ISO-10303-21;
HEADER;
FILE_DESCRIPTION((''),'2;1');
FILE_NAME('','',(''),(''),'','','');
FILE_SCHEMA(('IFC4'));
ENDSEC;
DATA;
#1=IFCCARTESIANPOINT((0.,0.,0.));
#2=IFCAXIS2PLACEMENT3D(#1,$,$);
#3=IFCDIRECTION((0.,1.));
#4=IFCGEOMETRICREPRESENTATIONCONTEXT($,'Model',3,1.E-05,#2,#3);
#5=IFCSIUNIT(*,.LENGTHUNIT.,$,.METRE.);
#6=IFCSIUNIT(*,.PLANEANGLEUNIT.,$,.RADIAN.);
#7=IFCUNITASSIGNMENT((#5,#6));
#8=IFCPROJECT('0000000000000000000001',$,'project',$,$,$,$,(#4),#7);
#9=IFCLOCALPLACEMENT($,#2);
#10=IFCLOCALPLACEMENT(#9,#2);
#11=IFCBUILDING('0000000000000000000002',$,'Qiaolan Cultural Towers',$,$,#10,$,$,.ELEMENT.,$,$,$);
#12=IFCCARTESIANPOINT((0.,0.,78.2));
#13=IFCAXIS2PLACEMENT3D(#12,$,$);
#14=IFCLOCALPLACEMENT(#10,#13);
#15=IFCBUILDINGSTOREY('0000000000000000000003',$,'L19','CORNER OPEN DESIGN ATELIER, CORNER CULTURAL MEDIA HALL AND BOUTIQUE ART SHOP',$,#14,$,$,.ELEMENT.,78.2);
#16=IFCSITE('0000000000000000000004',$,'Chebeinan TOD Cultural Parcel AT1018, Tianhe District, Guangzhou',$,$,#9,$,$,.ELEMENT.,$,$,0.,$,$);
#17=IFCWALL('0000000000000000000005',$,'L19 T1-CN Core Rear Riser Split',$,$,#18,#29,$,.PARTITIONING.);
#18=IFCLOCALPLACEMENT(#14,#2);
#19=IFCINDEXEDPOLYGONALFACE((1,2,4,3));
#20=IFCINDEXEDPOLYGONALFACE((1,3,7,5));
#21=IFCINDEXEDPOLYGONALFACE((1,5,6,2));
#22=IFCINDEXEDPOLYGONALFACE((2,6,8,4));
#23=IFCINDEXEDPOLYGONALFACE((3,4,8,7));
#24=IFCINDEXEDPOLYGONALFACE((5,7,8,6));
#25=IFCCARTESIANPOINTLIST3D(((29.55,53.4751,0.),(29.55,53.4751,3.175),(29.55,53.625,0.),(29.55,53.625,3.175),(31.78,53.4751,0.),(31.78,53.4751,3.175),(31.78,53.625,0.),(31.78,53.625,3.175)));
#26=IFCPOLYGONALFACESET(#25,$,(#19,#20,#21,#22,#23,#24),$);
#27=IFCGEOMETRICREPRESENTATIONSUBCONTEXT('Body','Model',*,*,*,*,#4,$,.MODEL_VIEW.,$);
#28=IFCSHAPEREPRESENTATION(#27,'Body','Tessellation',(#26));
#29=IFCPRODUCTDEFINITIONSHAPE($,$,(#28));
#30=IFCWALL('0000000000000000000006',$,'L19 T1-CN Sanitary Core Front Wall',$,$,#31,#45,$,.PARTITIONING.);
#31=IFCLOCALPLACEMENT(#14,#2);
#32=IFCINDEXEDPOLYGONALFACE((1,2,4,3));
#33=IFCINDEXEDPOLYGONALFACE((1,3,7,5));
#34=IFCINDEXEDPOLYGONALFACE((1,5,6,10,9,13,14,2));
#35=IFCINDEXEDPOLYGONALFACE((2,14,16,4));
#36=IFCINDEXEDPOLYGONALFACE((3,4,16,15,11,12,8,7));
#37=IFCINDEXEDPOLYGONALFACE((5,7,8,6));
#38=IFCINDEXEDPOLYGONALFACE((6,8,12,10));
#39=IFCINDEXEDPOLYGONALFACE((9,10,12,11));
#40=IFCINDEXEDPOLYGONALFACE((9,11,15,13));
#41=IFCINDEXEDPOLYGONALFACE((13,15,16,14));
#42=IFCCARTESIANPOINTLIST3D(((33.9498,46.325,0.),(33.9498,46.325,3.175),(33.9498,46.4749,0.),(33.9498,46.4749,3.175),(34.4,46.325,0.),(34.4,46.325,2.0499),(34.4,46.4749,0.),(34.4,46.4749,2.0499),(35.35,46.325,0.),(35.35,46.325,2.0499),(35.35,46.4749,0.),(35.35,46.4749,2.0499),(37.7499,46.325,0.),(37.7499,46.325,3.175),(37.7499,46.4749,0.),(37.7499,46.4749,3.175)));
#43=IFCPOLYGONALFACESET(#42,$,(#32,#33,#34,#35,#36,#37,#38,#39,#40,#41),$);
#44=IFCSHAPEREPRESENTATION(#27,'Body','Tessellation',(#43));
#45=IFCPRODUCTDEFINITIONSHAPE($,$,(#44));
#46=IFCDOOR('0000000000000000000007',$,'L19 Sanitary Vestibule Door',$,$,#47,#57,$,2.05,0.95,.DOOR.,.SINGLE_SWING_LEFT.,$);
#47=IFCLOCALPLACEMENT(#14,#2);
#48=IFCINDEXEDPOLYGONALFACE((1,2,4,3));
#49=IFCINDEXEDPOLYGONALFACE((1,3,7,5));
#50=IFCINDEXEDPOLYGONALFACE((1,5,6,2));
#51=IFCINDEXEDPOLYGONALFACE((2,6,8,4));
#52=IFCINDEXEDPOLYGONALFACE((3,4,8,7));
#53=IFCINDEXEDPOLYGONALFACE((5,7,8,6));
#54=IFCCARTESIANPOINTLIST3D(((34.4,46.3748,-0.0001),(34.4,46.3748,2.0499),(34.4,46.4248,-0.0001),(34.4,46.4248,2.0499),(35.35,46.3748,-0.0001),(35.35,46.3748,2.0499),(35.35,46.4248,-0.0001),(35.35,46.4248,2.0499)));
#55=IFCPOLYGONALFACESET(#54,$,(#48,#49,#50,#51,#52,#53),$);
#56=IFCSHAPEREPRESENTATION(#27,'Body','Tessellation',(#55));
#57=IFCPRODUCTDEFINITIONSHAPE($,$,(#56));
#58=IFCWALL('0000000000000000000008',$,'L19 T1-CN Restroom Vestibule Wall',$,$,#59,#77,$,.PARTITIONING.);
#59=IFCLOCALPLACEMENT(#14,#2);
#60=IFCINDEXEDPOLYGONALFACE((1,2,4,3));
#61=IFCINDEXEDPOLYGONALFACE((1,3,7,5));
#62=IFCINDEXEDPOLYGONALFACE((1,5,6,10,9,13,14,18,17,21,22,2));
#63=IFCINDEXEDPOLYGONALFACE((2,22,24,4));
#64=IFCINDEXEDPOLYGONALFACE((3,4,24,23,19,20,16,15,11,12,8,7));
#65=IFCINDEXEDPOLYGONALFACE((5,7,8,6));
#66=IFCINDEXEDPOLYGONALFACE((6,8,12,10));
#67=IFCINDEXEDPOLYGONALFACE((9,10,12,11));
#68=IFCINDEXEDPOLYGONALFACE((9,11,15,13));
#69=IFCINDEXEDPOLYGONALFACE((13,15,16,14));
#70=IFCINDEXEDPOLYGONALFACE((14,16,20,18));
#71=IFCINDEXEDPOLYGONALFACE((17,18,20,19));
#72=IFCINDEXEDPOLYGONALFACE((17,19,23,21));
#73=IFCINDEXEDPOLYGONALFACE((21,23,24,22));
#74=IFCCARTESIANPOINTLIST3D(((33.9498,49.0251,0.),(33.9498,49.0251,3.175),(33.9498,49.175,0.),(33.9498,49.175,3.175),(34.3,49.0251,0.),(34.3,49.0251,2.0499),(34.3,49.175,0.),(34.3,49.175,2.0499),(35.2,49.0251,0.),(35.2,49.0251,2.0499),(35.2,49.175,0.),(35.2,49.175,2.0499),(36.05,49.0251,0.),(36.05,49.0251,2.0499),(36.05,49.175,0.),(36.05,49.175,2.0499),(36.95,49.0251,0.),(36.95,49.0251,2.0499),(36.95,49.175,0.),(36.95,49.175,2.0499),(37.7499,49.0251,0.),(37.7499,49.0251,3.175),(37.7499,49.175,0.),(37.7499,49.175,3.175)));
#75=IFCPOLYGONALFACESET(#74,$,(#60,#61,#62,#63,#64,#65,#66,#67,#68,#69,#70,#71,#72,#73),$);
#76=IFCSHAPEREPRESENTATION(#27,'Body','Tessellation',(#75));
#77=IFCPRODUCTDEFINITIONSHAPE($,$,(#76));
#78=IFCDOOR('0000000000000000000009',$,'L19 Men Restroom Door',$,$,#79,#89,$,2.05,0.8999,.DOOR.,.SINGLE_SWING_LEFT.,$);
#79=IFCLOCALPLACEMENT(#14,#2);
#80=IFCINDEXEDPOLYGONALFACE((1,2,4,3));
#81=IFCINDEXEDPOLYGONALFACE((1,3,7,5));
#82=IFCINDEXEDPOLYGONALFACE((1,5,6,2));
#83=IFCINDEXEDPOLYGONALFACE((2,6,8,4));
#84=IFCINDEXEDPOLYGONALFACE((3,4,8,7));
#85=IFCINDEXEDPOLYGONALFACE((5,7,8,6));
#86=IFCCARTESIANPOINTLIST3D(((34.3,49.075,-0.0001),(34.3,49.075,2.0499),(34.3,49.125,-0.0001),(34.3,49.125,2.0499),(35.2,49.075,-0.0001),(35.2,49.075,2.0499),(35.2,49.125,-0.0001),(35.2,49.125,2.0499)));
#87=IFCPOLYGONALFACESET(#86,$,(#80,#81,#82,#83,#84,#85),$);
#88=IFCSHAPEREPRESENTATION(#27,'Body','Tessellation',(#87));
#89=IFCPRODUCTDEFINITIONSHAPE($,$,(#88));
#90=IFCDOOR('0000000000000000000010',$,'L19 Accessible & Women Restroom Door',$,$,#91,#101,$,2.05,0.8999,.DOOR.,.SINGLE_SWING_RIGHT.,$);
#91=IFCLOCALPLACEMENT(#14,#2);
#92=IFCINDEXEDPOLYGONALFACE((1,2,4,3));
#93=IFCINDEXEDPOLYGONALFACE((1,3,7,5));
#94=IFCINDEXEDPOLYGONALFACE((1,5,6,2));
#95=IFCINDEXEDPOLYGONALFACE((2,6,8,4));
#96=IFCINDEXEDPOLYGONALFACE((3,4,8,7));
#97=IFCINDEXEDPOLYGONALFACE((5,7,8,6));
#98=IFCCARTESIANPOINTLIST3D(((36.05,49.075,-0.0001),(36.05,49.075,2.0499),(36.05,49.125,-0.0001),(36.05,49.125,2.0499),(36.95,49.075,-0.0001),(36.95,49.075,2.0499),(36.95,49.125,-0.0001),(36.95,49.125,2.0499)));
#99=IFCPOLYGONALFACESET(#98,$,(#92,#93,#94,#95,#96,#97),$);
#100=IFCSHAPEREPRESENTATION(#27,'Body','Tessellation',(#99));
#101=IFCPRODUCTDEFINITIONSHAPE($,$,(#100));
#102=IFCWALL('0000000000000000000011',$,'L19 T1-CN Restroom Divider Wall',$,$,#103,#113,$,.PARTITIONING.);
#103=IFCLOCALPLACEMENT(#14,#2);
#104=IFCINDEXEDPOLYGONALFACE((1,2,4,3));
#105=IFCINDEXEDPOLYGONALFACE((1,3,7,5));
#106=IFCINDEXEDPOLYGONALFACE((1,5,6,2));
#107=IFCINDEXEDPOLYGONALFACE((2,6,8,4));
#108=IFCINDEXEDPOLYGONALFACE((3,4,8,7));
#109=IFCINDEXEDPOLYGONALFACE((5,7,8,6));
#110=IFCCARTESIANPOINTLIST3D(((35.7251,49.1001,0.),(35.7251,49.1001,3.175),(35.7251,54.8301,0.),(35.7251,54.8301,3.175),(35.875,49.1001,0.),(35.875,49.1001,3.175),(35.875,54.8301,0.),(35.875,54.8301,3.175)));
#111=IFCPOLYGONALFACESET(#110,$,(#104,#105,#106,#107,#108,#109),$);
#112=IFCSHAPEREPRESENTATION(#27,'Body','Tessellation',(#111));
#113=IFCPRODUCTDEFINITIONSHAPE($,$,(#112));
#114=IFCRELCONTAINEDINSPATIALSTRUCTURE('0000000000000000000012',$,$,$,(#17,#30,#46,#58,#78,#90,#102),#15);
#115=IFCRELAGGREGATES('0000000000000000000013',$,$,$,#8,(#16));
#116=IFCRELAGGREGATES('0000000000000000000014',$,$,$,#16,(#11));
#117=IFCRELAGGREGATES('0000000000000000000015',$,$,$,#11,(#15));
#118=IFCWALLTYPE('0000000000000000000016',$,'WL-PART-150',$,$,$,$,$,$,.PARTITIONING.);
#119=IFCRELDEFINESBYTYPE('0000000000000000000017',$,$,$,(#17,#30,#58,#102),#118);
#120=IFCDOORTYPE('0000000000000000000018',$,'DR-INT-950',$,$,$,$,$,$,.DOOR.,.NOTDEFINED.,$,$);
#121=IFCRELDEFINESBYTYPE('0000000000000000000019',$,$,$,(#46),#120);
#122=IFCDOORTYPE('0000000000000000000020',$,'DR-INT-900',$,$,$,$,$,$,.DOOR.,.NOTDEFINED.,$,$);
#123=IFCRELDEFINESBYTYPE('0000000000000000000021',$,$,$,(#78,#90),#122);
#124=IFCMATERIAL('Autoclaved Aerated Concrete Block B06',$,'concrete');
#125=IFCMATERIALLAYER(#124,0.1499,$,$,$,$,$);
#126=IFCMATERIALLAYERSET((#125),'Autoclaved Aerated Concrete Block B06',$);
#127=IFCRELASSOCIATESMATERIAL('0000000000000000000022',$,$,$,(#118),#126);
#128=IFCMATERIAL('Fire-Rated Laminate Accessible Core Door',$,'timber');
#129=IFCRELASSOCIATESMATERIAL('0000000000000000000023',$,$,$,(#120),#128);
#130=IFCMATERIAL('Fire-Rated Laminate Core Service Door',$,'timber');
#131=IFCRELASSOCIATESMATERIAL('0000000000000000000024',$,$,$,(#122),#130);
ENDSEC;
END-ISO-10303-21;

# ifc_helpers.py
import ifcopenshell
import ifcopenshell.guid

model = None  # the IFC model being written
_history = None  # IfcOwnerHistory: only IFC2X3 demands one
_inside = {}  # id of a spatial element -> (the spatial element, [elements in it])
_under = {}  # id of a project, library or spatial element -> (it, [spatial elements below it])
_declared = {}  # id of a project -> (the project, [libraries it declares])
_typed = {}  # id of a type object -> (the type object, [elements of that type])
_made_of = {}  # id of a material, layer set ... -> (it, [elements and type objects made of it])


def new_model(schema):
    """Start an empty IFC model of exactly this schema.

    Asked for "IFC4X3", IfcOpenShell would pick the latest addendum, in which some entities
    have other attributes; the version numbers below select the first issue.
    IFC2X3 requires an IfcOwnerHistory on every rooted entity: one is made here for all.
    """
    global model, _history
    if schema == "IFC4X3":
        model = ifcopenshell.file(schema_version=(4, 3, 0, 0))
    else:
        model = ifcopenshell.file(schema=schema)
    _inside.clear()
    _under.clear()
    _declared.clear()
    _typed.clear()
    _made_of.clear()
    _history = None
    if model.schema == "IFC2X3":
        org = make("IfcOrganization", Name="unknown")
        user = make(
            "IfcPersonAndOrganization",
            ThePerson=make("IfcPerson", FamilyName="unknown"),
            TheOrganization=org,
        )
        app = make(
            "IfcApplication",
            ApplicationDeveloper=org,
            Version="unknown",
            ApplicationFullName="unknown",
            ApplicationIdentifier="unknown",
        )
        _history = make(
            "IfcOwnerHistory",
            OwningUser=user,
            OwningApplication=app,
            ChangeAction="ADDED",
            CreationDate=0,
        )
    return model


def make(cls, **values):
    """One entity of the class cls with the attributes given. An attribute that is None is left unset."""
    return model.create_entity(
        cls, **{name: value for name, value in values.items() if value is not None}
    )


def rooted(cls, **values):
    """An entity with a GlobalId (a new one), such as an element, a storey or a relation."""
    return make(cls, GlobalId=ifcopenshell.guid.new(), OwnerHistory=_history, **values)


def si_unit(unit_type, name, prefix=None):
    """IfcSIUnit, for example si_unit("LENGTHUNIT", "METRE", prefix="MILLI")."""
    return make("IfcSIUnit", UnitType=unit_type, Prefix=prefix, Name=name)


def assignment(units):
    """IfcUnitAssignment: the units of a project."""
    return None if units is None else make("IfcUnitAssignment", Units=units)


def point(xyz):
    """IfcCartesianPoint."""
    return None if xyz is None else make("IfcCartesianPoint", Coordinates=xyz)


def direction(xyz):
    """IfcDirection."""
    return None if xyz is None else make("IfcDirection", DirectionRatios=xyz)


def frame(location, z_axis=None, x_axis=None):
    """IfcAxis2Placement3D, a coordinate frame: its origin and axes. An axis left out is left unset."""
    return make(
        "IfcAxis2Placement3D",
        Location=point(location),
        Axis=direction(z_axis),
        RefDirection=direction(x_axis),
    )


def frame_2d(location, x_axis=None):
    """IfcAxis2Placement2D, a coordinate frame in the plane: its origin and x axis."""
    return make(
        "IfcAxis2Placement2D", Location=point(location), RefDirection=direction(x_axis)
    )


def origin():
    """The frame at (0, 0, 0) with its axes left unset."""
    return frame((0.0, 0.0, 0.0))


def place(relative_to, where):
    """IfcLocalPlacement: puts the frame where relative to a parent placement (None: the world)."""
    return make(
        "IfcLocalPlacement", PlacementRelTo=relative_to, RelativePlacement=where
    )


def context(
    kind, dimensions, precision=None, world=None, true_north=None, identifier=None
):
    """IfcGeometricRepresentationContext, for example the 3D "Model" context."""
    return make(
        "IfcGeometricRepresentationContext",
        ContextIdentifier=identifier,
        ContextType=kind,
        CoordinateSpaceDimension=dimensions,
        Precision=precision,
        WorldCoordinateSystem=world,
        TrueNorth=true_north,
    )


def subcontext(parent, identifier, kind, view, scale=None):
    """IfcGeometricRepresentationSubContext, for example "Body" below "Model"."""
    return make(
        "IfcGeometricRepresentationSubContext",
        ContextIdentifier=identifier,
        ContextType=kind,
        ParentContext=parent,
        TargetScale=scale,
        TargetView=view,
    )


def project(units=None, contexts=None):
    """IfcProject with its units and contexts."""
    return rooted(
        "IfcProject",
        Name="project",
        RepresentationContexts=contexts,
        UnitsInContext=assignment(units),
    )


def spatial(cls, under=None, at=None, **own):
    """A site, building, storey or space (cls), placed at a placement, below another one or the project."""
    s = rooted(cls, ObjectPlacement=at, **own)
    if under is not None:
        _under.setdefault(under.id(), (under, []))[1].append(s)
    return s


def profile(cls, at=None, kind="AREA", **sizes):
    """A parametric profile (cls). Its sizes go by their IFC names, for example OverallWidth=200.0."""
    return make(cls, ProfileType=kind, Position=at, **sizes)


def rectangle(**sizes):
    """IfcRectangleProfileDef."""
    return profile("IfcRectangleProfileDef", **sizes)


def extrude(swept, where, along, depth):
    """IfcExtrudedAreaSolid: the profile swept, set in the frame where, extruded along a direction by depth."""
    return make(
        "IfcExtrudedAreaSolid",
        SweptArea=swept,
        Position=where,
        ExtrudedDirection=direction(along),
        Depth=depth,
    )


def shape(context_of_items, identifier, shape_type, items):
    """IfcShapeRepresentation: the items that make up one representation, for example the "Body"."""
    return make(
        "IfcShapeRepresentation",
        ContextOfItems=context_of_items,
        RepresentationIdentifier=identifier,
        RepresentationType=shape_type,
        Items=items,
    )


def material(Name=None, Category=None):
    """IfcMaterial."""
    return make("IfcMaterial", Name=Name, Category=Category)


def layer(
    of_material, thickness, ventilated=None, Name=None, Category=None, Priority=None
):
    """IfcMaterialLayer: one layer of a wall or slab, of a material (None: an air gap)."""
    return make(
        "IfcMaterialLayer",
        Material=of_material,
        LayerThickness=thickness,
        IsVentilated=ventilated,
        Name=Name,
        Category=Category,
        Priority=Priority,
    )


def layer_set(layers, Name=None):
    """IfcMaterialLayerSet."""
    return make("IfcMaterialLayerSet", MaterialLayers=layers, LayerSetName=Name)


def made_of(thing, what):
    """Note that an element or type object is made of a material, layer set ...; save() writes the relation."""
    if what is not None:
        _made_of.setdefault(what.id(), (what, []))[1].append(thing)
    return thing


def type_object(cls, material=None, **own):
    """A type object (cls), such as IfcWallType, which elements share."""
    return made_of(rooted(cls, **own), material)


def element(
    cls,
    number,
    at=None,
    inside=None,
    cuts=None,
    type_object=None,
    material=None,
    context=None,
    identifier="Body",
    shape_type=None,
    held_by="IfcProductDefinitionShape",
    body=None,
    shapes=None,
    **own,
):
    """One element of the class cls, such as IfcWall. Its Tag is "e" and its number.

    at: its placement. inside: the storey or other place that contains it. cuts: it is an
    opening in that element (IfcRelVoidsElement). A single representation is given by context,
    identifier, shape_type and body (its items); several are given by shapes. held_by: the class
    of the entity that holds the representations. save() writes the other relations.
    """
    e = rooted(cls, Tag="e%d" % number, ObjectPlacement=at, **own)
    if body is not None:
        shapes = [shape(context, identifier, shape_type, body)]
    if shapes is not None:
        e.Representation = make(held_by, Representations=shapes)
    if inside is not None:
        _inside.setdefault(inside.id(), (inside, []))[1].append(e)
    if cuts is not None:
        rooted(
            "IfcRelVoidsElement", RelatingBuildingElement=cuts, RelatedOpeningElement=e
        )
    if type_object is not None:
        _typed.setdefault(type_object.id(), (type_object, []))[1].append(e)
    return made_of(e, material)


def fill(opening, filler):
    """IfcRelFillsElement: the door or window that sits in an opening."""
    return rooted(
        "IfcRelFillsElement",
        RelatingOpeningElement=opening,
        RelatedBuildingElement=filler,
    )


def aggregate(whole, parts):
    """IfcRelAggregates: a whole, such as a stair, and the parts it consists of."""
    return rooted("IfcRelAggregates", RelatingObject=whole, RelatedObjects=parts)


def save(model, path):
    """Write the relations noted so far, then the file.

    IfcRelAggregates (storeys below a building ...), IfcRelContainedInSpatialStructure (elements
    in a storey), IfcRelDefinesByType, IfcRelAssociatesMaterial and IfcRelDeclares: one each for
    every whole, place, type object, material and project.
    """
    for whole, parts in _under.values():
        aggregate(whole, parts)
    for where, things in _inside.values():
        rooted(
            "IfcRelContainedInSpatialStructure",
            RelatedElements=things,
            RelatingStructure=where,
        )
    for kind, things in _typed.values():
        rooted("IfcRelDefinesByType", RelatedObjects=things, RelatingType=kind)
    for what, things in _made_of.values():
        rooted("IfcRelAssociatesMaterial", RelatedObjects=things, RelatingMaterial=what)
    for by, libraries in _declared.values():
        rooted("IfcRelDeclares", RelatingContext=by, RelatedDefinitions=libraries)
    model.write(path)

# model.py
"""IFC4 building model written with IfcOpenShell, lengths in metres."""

from ifc_helpers import new_model, si_unit, direction, frame, frame_2d, origin, place, context, subcontext, project, spatial, rectangle, extrude, material, layer, layer_set, type_object, element, fill, save


model = new_model("IFC4")

# Units and contexts
model_context = context("Model", 3, precision=1e-05, world=origin(), true_north=direction((0.0, 1.0)))
body_context = subcontext(model_context, "Body", "Model", "MODEL_VIEW")
ifc_project = project(units=[si_unit("LENGTHUNIT", "METRE"), si_unit("PLANEANGLEUNIT", "RADIAN")], contexts=[model_context])

# Site, building, storey
site_placement = place(None, origin())
site = spatial("IfcSite", under=ifc_project, at=site_placement, Name="Chebeinan TOD Cultural Parcel AT1018, Tianhe District, Guangzhou", CompositionType="ELEMENT", RefElevation=0.0)
building_placement = place(site_placement, origin())
building = spatial("IfcBuilding", under=site, at=building_placement, Name="Qiaolan Cultural Towers", CompositionType="ELEMENT")
storey_placement = place(building_placement, frame((0.0, 0.0, 78.2)))
storey = spatial("IfcBuildingStorey", under=building, at=storey_placement, Name="L19", Description="CORNER OPEN DESIGN ATELIER, CORNER CULTURAL MEDIA HALL AND BOUTIQUE ART SHOP", CompositionType="ELEMENT", Elevation=78.2)

# Wall
ifc_material_1 = material(Name="Autoclaved Aerated Concrete Block B06", Category="concrete")
ifc_layer_1 = layer(ifc_material_1, 0.1499)
ifc_layer_set_1 = layer_set([ifc_layer_1], Name="Autoclaved Aerated Concrete Block B06")
wall_type_1 = type_object("IfcWallType", Name="WL-PART-150", PredefinedType="PARTITIONING", material=ifc_layer_set_1)
wall_1_placement = place(storey_placement, frame((29.55, 53.55, 0.0), z_axis=(0.0, 0.0, 1.0), x_axis=(1.0, 0.0, 0.0)))
element("IfcWall", 1, at=wall_1_placement, inside=storey, type_object=wall_type_1, Name="L19 T1-CN Core Rear Riser Split", PredefinedType="PARTITIONING", context=body_context, shape_type="SweptSolid", body=[
    extrude(rectangle(XDim=2.23, YDim=0.1499, at=frame_2d((1.115, 0.0))), origin(), (0.0, 0.0, 1.0), 3.175),
])

# Wall, opening, door
wall_2_placement = place(storey_placement, frame((33.95, 46.3999, 0.0), z_axis=(0.0, 0.0, 1.0), x_axis=(1.0, 0.0, 0.0)))
wall_2 = element("IfcWall", 2, at=wall_2_placement, inside=storey, type_object=wall_type_1, Name="L19 T1-CN Sanitary Core Front Wall", PredefinedType="PARTITIONING", context=body_context, shape_type="SweptSolid", body=[
    extrude(rectangle(XDim=3.8, YDim=0.1499, at=frame_2d((1.8999, 0.0))), origin(), (0.0, 0.0, 1.0), 3.175),
])
opening_1_placement = place(wall_2_placement, frame((0.45, 0.0, 0.0)))
opening_1 = element("IfcOpeningElement", 3, at=opening_1_placement, cuts=wall_2, PredefinedType="OPENING", context=body_context, shape_type="SweptSolid", body=[
    extrude(rectangle(XDim=0.95, YDim=2.05, at=frame_2d((0.4751, 1.0249))), frame((0.0, 0.085, 0.0), z_axis=(0.0, -1.0, 0.0), x_axis=(1.0, 0.0, 0.0)), (0.0, 0.0, 1.0), 0.1699),
])
ifc_material_2 = material(Name="Fire-Rated Laminate Accessible Core Door", Category="timber")
door_type_1 = type_object("IfcDoorType", Name="DR-INT-950", OperationType="NOTDEFINED", PredefinedType="DOOR", material=ifc_material_2)
door_1_placement = place(opening_1_placement, origin())
door_1 = element("IfcDoor", 4, at=door_1_placement, inside=storey, type_object=door_type_1, Name="L19 Sanitary Vestibule Door", OperationType="SINGLE_SWING_LEFT", OverallHeight=2.05, OverallWidth=0.95, PredefinedType="DOOR", context=body_context, shape_type="SweptSolid", body=[
    extrude(rectangle(XDim=0.95, YDim=2.05, at=frame_2d((0.4751, 1.0249))), frame((0.0, 0.0249, 0.0), z_axis=(0.0, -1.0, 0.0), x_axis=(1.0, 0.0, 0.0)), (0.0, 0.0, 1.0), 0.05),
])
fill(opening_1, door_1)

# Wall, openings, doors
wall_3_placement = place(storey_placement, frame((33.95, 49.1001, 0.0), z_axis=(0.0, 0.0, 1.0), x_axis=(1.0, 0.0, 0.0)))
wall_3 = element("IfcWall", 5, at=wall_3_placement, inside=storey, type_object=wall_type_1, Name="L19 T1-CN Restroom Vestibule Wall", PredefinedType="PARTITIONING", context=body_context, shape_type="SweptSolid", body=[
    extrude(rectangle(XDim=3.8, YDim=0.1499, at=frame_2d((1.8999, 0.0))), origin(), (0.0, 0.0, 1.0), 3.175),
])
opening_2_placement = place(wall_3_placement, frame((0.3501, 0.0, 0.0)))
opening_2 = element("IfcOpeningElement", 6, at=opening_2_placement, cuts=wall_3, PredefinedType="OPENING", context=body_context, shape_type="SweptSolid", body=[
    extrude(rectangle(XDim=0.8999, YDim=2.05, at=frame_2d((0.45, 1.0249))), frame((0.0, 0.085, 0.0), z_axis=(0.0, -1.0, 0.0), x_axis=(1.0, 0.0, 0.0)), (0.0, 0.0, 1.0), 0.1699),
])
opening_3_placement = place(wall_3_placement, frame((2.1001, 0.0, 0.0)))
opening_3 = element("IfcOpeningElement", 7, at=opening_3_placement, cuts=wall_3, PredefinedType="OPENING", context=body_context, shape_type="SweptSolid", body=[
    extrude(rectangle(XDim=0.8999, YDim=2.05, at=frame_2d((0.45, 1.0249))), frame((0.0, 0.085, 0.0), z_axis=(0.0, -1.0, 0.0), x_axis=(1.0, 0.0, 0.0)), (0.0, 0.0, 1.0), 0.1699),
])
ifc_material_3 = material(Name="Fire-Rated Laminate Core Service Door", Category="timber")
door_type_2 = type_object("IfcDoorType", Name="DR-INT-900", OperationType="NOTDEFINED", PredefinedType="DOOR", material=ifc_material_3)
door_2_placement = place(opening_2_placement, origin())
door_2 = element("IfcDoor", 8, at=door_2_placement, inside=storey, type_object=door_type_2, Name="L19 Men Restroom Door", OperationType="SINGLE_SWING_LEFT", OverallHeight=2.05, OverallWidth=0.8999, PredefinedType="DOOR", context=body_context, shape_type="SweptSolid", body=[
    extrude(rectangle(XDim=0.8999, YDim=2.05, at=frame_2d((0.45, 1.0249))), frame((0.0, 0.0249, 0.0), z_axis=(0.0, -1.0, 0.0), x_axis=(1.0, 0.0, 0.0)), (0.0, 0.0, 1.0), 0.05),
])
fill(opening_2, door_2)
door_3_placement = place(opening_3_placement, origin())
door_3 = element("IfcDoor", 9, at=door_3_placement, inside=storey, type_object=door_type_2, Name="L19 Accessible & Women Restroom Door", OperationType="SINGLE_SWING_RIGHT", OverallHeight=2.05, OverallWidth=0.8999, PredefinedType="DOOR", context=body_context, shape_type="SweptSolid", body=[
    extrude(rectangle(XDim=0.8999, YDim=2.05, at=frame_2d((0.45, 1.0249))), frame((0.0, 0.0249, 0.0), z_axis=(0.0, -1.0, 0.0), x_axis=(1.0, 0.0, 0.0)), (0.0, 0.0, 1.0), 0.05),
])
fill(opening_3, door_3)

# Wall
wall_4_placement = place(storey_placement, frame((35.8, 49.1001, 0.0), z_axis=(0.0, 0.0, 1.0), x_axis=(0.0, 1.0, 0.0)))
element("IfcWall", 10, at=wall_4_placement, inside=storey, type_object=wall_type_1, Name="L19 T1-CN Restroom Divider Wall", PredefinedType="PARTITIONING", context=body_context, shape_type="SweptSolid", body=[
    extrude(rectangle(XDim=5.73, YDim=0.1499, at=frame_2d((2.865, 0.0))), origin(), (0.0, 0.0, 1.0), 3.175),
])

save(model, "model.ifc")
